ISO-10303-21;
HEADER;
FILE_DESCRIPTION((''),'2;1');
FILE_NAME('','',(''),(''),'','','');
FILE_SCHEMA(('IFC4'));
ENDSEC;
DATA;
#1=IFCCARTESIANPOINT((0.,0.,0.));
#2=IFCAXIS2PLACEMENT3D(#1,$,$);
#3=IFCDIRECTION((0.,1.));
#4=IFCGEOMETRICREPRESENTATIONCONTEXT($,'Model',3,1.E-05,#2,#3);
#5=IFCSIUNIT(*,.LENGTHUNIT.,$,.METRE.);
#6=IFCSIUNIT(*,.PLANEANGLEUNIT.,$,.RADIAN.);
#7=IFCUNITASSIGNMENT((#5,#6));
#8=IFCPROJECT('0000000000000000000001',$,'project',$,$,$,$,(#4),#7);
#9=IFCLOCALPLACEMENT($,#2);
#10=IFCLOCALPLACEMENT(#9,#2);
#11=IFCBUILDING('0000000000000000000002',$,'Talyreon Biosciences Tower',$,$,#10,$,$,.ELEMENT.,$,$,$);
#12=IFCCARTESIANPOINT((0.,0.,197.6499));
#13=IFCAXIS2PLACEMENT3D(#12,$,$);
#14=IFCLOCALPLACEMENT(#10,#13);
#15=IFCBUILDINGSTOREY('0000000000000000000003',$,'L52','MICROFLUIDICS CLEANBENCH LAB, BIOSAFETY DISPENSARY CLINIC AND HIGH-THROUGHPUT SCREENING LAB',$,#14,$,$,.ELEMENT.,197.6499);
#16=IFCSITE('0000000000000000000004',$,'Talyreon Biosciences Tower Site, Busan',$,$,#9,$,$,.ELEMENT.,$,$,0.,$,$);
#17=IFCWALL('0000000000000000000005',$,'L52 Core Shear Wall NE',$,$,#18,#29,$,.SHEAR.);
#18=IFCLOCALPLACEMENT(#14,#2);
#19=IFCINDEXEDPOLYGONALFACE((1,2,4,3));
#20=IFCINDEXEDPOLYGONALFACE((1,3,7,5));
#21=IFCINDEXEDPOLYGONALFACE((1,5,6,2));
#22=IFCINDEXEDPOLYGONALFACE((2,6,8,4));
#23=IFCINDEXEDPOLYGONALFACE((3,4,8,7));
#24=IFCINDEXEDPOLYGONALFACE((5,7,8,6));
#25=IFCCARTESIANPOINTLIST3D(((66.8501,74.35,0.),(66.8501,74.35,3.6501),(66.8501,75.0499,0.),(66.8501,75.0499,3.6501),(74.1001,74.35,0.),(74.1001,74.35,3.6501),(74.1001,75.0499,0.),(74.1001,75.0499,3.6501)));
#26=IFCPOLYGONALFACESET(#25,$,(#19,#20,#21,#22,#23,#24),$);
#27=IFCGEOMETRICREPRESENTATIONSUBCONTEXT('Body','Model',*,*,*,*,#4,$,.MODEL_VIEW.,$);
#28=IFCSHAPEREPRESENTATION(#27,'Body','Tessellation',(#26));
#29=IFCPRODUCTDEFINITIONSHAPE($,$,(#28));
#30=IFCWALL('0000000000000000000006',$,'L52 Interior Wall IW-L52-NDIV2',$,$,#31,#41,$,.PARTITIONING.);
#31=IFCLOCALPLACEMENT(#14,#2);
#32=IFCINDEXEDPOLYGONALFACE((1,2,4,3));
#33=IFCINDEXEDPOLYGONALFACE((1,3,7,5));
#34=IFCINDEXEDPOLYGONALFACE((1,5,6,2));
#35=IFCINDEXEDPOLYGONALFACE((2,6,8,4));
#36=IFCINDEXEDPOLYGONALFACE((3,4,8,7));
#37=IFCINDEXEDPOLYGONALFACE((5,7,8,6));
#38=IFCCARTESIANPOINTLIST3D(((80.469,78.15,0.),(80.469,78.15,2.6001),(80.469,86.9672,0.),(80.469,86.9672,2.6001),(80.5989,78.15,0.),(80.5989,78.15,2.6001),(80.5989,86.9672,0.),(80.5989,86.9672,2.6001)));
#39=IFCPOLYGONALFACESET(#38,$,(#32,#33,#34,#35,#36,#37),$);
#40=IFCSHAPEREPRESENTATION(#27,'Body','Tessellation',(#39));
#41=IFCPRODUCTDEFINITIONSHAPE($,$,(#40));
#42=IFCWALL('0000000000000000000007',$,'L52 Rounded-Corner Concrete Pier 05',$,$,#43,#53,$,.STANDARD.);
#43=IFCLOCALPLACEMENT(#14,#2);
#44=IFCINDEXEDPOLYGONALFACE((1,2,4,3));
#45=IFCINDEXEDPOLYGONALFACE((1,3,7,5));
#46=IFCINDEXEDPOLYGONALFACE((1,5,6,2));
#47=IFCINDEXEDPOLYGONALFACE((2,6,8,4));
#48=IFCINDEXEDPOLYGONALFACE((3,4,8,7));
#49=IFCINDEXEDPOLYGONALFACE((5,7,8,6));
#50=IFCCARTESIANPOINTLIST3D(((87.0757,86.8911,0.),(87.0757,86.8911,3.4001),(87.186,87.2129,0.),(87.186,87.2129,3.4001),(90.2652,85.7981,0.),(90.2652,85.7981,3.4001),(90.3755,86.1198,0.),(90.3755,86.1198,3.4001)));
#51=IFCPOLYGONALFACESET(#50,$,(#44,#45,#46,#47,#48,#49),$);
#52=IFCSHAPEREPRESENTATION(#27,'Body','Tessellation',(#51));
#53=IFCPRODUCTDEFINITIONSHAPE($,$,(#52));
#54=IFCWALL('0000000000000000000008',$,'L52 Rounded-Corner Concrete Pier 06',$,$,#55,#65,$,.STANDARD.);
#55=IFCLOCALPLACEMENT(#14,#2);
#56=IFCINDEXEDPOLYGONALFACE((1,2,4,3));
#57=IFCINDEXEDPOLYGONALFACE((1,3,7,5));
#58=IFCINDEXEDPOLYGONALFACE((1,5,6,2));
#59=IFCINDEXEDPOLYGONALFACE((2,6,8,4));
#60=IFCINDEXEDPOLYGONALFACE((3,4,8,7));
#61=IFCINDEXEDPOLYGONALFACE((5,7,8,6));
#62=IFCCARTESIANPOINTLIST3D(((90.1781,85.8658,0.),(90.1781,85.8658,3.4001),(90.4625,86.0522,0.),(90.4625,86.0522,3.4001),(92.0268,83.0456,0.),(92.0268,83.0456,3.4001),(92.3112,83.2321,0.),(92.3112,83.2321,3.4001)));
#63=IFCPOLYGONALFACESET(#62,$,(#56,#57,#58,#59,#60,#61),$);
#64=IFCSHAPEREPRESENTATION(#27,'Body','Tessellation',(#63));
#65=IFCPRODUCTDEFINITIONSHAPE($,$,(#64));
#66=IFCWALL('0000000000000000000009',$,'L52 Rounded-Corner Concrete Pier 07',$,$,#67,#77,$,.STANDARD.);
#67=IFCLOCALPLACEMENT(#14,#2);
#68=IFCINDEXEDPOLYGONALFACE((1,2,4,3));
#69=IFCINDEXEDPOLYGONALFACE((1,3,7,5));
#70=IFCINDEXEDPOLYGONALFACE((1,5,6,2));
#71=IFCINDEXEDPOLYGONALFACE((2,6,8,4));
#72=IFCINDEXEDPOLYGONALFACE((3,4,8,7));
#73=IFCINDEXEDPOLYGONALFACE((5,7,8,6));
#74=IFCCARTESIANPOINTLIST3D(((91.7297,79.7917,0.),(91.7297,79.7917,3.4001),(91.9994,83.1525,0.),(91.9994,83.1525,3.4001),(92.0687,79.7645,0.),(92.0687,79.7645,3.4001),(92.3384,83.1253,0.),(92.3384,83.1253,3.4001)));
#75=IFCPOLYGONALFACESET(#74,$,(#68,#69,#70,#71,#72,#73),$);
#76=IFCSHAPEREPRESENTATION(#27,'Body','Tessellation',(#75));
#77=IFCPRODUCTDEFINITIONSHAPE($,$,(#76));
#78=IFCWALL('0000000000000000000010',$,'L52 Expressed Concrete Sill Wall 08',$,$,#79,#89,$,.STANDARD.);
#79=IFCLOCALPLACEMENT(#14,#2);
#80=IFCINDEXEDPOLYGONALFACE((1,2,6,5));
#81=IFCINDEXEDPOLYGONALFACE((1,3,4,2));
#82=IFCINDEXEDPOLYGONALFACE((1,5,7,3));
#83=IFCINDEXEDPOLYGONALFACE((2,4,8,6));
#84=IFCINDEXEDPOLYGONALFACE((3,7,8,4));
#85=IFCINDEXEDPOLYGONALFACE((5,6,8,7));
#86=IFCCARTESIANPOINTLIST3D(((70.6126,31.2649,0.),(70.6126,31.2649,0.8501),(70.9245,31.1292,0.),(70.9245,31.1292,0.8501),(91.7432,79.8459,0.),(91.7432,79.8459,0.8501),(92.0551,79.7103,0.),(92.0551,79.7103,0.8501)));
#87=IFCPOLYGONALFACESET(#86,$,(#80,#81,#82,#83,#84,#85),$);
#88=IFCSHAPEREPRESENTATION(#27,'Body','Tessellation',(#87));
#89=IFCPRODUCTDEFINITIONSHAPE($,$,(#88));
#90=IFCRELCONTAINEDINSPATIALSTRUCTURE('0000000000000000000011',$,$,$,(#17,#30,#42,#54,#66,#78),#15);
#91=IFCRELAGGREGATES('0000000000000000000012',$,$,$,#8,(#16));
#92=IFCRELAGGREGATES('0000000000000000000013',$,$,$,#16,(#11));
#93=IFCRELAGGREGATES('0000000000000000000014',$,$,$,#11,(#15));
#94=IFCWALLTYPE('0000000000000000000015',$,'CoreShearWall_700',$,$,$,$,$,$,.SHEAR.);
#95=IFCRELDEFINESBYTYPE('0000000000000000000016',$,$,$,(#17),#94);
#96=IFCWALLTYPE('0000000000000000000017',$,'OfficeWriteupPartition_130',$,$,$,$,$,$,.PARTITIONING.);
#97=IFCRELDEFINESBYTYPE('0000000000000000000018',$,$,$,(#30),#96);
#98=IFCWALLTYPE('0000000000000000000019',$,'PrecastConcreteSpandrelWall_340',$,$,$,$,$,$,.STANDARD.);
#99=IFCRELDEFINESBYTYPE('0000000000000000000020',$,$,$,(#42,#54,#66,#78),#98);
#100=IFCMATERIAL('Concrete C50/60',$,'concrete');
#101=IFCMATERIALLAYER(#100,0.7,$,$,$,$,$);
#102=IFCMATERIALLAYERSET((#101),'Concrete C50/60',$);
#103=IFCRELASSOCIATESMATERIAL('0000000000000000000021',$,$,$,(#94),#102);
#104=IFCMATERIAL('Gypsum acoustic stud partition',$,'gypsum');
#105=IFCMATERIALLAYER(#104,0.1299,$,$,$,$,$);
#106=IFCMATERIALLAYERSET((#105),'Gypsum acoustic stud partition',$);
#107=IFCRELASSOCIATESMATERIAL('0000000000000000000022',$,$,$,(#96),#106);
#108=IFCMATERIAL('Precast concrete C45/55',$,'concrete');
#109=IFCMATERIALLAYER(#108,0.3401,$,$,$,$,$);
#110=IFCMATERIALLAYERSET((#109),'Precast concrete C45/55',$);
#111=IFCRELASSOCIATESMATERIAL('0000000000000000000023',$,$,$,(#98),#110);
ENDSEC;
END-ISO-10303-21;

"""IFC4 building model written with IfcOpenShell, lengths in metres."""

from ifc_helpers import new_model, si_unit, direction, frame, frame_2d, origin, place, context, subcontext, project, spatial, rectangle, extrude, material, layer, layer_set, type_object, element, save


model = new_model("IFC4")

# Units and contexts
model_context = context("Model", 3, precision=1e-05, world=origin(), true_north=direction((0.0, 1.0)))
body_context = subcontext(model_context, "Body", "Model", "MODEL_VIEW")
ifc_project = project(units=[si_unit("LENGTHUNIT", "METRE"), si_unit("PLANEANGLEUNIT", "RADIAN")], contexts=[model_context])

# Site, building, storey
site_placement = place(None, origin())
site = spatial("IfcSite", under=ifc_project, at=site_placement, Name="Talyreon Biosciences Tower Site, Busan", CompositionType="ELEMENT", RefElevation=0.0)
building_placement = place(site_placement, origin())
building = spatial("IfcBuilding", under=site, at=building_placement, Name="Talyreon Biosciences Tower", CompositionType="ELEMENT")
storey_placement = place(building_placement, frame((0.0, 0.0, 197.6499)))
storey = spatial("IfcBuildingStorey", under=building, at=storey_placement, Name="L52", Description="MICROFLUIDICS CLEANBENCH LAB, BIOSAFETY DISPENSARY CLINIC AND HIGH-THROUGHPUT SCREENING LAB", CompositionType="ELEMENT", Elevation=197.6499)

# Shared definitions
ifc_material_1 = material(Name="Concrete C50/60", Category="concrete")

# Shared definitions
ifc_material_2 = material(Name="Precast concrete C45/55", Category="concrete")

# Walls
ifc_layer_1 = layer(ifc_material_1, 0.7)
ifc_layer_set_1 = layer_set([ifc_layer_1], Name="Concrete C50/60")
wall_type_1 = type_object("IfcWallType", Name="CoreShearWall_700", PredefinedType="SHEAR", material=ifc_layer_set_1)
wall_1_placement = place(storey_placement, frame((74.1001, 74.7, 0.0), z_axis=(0.0, 0.0, 1.0), x_axis=(-1.0, 0.0, 0.0)))
element("IfcWall", 1, at=wall_1_placement, inside=storey, type_object=wall_type_1, Name="L52 Core Shear Wall NE", PredefinedType="SHEAR", context=body_context, shape_type="SweptSolid", body=[
    extrude(rectangle(XDim=7.25, YDim=0.7, at=frame_2d((3.625, 0.0))), origin(), (0.0, 0.0, 1.0), 3.6501),
])
ifc_material_3 = material(Name="Gypsum acoustic stud partition", Category="gypsum")
ifc_layer_2 = layer(ifc_material_3, 0.1299)
ifc_layer_set_2 = layer_set([ifc_layer_2], Name="Gypsum acoustic stud partition")
wall_type_2 = type_object("IfcWallType", Name="OfficeWriteupPartition_130", PredefinedType="PARTITIONING", material=ifc_layer_set_2)
wall_2_placement = place(storey_placement, frame((80.5339, 78.1499, 0.0), z_axis=(0.0, 0.0, 1.0), x_axis=(0.0, 1.0, 0.0)))
element("IfcWall", 2, at=wall_2_placement, inside=storey, type_object=wall_type_2, Name="L52 Interior Wall IW-L52-NDIV2", PredefinedType="PARTITIONING", context=body_context, shape_type="SweptSolid", body=[
    extrude(rectangle(XDim=8.8171, YDim=0.1299, at=frame_2d((4.4087, 0.0))), origin(), (0.0, 0.0, 1.0), 2.6001),
])
ifc_layer_3 = layer(ifc_material_2, 0.3401)
ifc_layer_set_3 = layer_set([ifc_layer_3], Name="Precast concrete C45/55")
wall_type_3 = type_object("IfcWallType", Name="PrecastConcreteSpandrelWall_340", PredefinedType="STANDARD", material=ifc_layer_set_3)
wall_3_placement = place(storey_placement, frame((87.1309, 87.052, 0.0), z_axis=(0.0, 0.0, 1.0), x_axis=(0.945992, -0.324189, 0.0)))
element("IfcWall", 3, at=wall_3_placement, inside=storey, type_object=wall_type_3, Name="L52 Rounded-Corner Concrete Pier 05", PredefinedType="STANDARD", context=body_context, shape_type="SweptSolid", body=[
    extrude(rectangle(XDim=3.3716, YDim=0.3401, at=frame_2d((1.6858, 0.0))), origin(), (0.0, 0.0, 1.0), 3.4001),
])
wall_4_placement = place(storey_placement, frame((90.3203, 85.959, 0.0), z_axis=(0.0, 0.0, 1.0), x_axis=(0.548234, -0.836325, 0.0)))
element("IfcWall", 4, at=wall_4_placement, inside=storey, type_object=wall_type_3, Name="L52 Rounded-Corner Concrete Pier 06", PredefinedType="STANDARD", context=body_context, shape_type="SweptSolid", body=[
    extrude(rectangle(XDim=3.3721, YDim=0.3401, at=frame_2d((1.686, 0.0))), origin(), (0.0, 0.0, 1.0), 3.4001),
])
wall_5_placement = place(storey_placement, frame((92.1689, 83.1389, 0.0), z_axis=(0.0, 0.0, 1.0), x_axis=(-0.080013, -0.996794, 0.0)))
element("IfcWall", 5, at=wall_5_placement, inside=storey, type_object=wall_type_3, Name="L52 Rounded-Corner Concrete Pier 07", PredefinedType="STANDARD", context=body_context, shape_type="SweptSolid", body=[
    extrude(rectangle(XDim=3.3716, YDim=0.3401, at=frame_2d((1.6858, 0.0))), origin(), (0.0, 0.0, 1.0), 3.4001),
])
wall_6_placement = place(storey_placement, frame((91.8992, 79.7781, 0.0), z_axis=(0.0, 0.0, 1.0), x_axis=(-0.39886, -0.917012, 0.0)))
element("IfcWall", 6, at=wall_6_placement, inside=storey, type_object=wall_type_3, Name="L52 Expressed Concrete Sill Wall 08", PredefinedType="STANDARD", context=body_context, shape_type="SweptSolid", body=[
    extrude(rectangle(XDim=52.9775, YDim=0.3401, at=frame_2d((26.4888, 0.0))), origin(), (0.0, 0.0, 1.0), 0.8501),
])

save(model, "model.ifc")
